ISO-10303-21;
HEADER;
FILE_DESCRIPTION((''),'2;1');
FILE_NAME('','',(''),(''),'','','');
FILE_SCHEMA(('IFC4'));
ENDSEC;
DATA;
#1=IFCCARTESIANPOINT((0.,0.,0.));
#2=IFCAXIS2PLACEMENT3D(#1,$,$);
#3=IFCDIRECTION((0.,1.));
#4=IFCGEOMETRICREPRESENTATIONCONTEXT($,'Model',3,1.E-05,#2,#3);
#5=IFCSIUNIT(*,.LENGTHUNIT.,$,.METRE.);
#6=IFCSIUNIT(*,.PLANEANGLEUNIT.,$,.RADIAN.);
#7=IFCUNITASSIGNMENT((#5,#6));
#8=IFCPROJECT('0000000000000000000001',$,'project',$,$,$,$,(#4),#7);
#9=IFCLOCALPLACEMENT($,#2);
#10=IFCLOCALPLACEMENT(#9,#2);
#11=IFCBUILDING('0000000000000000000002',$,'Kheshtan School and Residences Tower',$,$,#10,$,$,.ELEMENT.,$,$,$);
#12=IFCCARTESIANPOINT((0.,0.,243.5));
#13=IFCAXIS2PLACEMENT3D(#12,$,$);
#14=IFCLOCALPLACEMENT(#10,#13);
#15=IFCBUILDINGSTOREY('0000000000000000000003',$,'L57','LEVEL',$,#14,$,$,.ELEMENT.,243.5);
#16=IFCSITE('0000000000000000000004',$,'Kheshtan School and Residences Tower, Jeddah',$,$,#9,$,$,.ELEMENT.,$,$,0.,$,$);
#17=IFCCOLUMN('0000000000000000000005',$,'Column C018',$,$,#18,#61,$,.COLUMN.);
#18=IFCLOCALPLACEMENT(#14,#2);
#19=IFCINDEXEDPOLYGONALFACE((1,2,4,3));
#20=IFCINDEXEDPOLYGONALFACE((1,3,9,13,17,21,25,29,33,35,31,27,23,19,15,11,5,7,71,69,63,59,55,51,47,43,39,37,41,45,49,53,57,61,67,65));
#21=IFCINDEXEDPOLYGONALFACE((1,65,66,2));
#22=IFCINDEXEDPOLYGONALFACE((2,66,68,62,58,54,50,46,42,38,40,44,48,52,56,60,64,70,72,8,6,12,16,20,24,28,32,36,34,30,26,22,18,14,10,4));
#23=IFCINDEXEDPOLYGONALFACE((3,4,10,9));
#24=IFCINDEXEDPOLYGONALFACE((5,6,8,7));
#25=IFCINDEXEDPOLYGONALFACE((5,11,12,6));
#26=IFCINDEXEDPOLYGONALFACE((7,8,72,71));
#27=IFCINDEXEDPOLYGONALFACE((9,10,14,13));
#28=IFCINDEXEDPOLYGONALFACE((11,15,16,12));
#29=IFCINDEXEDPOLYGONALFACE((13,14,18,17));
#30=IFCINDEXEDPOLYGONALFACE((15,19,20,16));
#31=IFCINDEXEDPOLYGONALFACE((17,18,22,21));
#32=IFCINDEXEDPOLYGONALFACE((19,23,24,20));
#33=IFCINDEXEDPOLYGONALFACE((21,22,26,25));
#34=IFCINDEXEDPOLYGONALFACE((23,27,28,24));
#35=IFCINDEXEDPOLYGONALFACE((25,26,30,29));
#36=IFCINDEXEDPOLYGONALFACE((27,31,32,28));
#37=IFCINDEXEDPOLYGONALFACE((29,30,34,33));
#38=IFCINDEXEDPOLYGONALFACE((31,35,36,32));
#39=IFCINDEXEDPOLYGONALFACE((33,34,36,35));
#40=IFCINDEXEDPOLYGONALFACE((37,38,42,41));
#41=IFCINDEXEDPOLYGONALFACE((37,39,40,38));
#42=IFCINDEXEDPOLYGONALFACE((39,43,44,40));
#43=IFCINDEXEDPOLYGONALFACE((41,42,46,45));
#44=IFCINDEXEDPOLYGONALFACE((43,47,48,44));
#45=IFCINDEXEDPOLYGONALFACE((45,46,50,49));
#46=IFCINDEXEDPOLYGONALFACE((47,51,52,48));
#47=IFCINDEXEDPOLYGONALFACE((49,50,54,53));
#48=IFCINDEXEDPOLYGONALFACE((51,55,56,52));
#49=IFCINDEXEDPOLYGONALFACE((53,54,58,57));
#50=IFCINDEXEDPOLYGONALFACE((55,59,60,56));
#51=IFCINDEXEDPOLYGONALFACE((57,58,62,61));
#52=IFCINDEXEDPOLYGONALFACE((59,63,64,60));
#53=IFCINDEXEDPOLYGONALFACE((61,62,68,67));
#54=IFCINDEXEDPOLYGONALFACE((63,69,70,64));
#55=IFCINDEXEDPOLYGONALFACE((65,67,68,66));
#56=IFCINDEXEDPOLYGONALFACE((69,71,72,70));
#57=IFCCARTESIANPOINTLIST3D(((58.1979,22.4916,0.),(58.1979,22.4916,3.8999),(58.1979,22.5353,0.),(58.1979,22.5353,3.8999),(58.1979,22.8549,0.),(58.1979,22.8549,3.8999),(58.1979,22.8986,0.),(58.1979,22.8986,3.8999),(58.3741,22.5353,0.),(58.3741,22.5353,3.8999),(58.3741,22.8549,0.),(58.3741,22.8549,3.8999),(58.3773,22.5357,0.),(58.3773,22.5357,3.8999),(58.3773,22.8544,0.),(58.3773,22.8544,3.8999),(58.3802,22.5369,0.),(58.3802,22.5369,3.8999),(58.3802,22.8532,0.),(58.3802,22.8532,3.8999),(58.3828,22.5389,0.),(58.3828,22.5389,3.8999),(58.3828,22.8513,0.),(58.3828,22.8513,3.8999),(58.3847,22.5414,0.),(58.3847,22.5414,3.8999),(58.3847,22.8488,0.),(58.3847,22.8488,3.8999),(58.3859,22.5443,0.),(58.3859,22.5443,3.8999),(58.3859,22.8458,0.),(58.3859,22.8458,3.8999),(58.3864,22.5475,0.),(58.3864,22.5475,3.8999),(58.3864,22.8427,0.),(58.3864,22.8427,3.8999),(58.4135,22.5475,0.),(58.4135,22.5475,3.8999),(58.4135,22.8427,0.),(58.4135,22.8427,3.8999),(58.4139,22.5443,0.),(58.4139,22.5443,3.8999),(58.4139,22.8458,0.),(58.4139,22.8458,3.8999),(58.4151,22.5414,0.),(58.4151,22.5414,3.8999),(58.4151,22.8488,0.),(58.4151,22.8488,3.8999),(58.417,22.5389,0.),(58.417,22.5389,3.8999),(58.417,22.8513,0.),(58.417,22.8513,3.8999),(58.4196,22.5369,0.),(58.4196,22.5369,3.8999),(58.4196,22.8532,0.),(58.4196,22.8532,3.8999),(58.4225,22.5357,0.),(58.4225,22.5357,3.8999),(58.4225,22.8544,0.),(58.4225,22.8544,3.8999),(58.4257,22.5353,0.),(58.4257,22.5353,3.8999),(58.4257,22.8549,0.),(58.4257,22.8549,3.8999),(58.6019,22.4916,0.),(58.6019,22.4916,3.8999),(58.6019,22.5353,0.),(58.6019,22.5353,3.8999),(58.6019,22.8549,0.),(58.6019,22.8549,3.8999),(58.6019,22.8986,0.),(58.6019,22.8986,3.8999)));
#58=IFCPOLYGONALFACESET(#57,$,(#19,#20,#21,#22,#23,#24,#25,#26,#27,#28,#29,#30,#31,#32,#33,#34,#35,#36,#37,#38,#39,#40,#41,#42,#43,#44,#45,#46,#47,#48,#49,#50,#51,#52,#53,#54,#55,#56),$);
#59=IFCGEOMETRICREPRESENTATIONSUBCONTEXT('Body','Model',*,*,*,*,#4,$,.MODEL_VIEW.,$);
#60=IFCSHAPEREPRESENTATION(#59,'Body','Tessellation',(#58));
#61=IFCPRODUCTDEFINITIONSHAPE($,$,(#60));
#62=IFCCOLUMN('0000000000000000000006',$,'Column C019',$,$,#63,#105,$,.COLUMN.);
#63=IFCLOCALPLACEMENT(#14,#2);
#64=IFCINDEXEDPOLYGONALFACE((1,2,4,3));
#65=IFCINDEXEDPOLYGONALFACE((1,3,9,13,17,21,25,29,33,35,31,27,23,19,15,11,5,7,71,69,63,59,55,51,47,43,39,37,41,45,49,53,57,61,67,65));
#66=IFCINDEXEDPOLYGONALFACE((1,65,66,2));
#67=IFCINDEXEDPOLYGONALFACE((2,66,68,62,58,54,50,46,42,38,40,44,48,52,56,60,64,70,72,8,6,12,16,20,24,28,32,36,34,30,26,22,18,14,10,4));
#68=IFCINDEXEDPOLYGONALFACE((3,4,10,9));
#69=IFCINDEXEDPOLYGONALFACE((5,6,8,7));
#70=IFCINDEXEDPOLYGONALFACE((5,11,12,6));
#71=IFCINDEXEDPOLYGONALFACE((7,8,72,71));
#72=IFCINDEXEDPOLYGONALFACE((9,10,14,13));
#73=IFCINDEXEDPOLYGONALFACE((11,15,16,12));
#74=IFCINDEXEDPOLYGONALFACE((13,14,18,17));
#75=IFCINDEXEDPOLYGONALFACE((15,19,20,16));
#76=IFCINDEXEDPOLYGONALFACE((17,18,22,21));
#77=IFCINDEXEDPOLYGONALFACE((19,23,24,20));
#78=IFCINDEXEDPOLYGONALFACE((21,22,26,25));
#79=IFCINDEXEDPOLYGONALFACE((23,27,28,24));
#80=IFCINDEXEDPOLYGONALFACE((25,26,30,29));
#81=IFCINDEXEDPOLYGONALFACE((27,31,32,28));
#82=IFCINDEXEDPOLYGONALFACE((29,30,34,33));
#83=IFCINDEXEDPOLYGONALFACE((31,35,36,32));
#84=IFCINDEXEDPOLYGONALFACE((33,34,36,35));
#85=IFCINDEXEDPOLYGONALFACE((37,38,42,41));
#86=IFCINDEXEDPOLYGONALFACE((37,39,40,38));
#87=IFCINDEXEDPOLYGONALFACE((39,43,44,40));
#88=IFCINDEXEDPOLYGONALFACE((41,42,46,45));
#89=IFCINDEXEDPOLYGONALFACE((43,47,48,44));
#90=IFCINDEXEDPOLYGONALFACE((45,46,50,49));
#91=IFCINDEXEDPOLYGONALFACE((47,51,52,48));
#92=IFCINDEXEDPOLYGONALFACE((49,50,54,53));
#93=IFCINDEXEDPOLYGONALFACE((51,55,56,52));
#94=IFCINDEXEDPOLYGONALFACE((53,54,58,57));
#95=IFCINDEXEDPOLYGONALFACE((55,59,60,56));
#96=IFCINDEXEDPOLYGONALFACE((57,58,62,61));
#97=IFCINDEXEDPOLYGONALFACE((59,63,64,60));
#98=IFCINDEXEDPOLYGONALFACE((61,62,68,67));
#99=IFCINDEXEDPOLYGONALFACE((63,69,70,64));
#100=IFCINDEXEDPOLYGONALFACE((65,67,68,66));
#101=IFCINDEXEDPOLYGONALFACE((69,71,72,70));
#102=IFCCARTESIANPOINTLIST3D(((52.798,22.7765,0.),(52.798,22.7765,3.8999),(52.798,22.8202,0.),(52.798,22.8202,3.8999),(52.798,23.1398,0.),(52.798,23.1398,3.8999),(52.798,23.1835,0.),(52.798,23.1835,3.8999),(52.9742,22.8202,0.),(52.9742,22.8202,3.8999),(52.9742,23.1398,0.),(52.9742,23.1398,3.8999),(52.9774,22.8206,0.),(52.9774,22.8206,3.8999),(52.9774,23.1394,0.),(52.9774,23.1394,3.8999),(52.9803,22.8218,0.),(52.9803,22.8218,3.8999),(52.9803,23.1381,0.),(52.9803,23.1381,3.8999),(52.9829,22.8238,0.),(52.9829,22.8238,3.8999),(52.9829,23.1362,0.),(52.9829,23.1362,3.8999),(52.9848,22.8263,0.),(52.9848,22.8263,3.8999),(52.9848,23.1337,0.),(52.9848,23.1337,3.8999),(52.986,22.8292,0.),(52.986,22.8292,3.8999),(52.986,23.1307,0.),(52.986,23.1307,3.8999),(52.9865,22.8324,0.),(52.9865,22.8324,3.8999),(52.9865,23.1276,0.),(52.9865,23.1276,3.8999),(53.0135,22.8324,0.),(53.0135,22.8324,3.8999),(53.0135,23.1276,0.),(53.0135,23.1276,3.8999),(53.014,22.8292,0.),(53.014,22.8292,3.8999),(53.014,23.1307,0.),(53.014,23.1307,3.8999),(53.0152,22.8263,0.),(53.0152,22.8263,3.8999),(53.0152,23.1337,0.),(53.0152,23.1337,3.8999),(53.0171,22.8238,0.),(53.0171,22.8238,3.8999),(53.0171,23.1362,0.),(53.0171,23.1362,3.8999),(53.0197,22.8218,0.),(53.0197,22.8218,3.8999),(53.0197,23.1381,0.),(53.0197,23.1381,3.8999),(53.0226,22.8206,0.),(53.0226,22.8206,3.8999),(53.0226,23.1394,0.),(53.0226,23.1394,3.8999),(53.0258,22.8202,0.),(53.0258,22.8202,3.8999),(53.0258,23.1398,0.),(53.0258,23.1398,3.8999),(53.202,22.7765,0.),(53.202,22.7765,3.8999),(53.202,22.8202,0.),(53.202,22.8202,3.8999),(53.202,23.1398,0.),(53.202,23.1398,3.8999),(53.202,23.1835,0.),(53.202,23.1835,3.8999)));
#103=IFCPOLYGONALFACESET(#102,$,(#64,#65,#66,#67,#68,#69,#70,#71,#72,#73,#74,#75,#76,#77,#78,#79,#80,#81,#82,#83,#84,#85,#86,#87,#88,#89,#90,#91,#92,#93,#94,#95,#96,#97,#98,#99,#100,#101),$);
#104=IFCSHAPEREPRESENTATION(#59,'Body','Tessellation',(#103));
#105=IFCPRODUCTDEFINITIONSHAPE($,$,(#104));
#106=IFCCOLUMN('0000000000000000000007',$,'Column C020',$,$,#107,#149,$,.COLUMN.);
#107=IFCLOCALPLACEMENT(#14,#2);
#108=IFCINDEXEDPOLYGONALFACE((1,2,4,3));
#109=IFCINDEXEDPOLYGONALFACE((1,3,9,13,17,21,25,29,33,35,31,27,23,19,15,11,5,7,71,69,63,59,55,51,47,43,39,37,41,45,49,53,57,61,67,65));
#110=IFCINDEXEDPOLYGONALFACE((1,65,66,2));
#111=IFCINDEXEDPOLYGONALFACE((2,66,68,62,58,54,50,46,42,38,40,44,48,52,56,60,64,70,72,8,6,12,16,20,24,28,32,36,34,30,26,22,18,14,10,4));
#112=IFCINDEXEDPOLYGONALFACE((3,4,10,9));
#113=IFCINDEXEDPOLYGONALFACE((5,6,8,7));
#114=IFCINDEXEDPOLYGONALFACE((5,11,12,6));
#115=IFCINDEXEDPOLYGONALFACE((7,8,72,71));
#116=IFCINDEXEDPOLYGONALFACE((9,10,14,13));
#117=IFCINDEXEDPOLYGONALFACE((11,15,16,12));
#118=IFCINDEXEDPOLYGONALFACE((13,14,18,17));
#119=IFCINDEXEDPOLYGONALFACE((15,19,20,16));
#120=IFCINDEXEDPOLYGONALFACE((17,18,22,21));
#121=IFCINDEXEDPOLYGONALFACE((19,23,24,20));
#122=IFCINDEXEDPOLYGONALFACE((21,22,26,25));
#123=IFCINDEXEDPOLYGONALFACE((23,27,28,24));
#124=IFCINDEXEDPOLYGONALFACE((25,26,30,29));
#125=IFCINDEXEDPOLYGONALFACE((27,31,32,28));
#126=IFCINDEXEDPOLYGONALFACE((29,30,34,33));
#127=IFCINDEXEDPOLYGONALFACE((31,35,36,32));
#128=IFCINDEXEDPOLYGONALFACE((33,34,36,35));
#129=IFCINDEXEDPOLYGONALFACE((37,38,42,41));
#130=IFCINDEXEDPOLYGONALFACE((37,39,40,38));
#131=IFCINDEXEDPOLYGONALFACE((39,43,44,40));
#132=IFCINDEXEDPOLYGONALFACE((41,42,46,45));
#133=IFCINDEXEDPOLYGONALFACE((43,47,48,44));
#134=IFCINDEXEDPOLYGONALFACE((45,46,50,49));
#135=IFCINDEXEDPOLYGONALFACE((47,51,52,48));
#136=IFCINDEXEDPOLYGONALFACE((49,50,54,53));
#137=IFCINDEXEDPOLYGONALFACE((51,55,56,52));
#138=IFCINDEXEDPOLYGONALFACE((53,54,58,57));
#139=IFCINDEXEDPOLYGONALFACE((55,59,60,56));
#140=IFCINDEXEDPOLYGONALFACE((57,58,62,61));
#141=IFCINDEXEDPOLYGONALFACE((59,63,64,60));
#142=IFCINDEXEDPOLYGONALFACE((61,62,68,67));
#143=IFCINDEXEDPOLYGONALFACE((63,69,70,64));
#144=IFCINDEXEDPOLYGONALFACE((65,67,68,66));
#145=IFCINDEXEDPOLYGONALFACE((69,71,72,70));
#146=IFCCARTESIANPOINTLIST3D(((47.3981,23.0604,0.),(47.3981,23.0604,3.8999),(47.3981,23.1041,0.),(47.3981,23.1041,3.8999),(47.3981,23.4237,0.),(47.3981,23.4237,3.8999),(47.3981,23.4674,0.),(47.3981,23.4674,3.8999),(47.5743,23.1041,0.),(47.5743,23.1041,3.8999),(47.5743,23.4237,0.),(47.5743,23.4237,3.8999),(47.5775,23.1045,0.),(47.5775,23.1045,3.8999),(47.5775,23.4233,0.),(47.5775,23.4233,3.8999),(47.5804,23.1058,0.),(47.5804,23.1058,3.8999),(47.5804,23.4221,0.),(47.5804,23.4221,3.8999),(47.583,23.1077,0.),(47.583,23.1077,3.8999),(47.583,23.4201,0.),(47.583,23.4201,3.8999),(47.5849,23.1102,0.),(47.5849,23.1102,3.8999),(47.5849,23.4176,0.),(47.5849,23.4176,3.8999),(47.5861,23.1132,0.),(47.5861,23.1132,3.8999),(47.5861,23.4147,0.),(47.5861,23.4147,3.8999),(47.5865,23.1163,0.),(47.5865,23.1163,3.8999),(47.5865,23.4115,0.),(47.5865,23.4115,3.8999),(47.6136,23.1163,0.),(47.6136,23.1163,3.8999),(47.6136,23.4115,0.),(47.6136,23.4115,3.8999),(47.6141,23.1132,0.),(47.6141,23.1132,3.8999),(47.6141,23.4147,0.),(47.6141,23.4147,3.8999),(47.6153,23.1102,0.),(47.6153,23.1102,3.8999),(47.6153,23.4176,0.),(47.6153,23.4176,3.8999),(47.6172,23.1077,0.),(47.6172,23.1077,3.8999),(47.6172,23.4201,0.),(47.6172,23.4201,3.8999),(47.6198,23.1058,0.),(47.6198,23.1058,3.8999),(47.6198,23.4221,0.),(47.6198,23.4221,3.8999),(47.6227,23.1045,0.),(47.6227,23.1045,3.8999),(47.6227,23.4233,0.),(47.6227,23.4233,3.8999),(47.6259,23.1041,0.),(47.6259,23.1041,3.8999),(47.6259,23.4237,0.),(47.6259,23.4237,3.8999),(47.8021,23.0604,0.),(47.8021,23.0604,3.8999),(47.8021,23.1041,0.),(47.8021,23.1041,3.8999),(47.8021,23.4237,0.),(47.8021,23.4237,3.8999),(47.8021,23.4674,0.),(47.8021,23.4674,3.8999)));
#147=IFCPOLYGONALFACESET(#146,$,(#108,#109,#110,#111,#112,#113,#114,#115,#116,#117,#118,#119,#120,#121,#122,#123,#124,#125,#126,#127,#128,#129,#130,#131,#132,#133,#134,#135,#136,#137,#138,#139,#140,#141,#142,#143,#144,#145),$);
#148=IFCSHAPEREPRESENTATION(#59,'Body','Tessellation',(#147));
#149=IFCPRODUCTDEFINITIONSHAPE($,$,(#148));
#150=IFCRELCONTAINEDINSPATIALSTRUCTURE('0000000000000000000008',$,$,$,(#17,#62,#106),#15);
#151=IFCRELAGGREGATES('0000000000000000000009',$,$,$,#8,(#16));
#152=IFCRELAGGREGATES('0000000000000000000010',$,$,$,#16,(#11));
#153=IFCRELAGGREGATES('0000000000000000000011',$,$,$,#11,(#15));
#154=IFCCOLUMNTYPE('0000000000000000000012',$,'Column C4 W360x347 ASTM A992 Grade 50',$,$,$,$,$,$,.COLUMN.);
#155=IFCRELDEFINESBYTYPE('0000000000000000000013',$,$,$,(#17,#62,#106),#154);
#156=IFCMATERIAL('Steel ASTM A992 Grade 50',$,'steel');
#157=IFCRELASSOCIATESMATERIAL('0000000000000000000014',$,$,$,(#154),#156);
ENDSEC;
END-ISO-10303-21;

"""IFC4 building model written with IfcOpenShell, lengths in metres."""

from ifc_helpers import new_model, si_unit, direction, frame, origin, origin_2d, place, context, subcontext, project, spatial, i_section, extrude, material, material_profile, profile_set, type_object, element, save


model = new_model("IFC4")

# Units and contexts
model_context = context("Model", 3, precision=1e-05, world=origin(), true_north=direction((0.0, 1.0)))
body_context = subcontext(model_context, "Body", "Model", "MODEL_VIEW")
ifc_project = project(units=[si_unit("LENGTHUNIT", "METRE"), si_unit("PLANEANGLEUNIT", "RADIAN")], contexts=[model_context])

# Site, building, storey
site_placement = place(None, origin())
site = spatial("IfcSite", under=ifc_project, at=site_placement, Name="Kheshtan School and Residences Tower, Jeddah", CompositionType="ELEMENT", RefElevation=0.0)
building_placement = place(site_placement, origin())
building = spatial("IfcBuilding", under=site, at=building_placement, Name="Kheshtan School and Residences Tower", CompositionType="ELEMENT")
storey_placement = place(building_placement, frame((0.0, 0.0, 243.5)))
storey = spatial("IfcBuildingStorey", under=building, at=storey_placement, Name="L57", Description="LEVEL", CompositionType="ELEMENT", Elevation=243.5)

# Columns
ifc_material_1 = material(Name="Steel ASTM A992 Grade 50", Category="steel")
ifc_material_profile_1 = material_profile(ifc_material_1, i_section(OverallWidth=0.4041, OverallDepth=0.407, WebThickness=0.0271, FlangeThickness=0.0437, FilletRadius=0.0122, at=origin_2d()), Name="W360x347")
ifc_profile_set_1 = profile_set([ifc_material_profile_1], Name="Steel ASTM A992 Grade 50")
column_type_1 = type_object("IfcColumnType", Name="Column C4 W360x347 ASTM A992 Grade 50", PredefinedType="COLUMN", material=ifc_profile_set_1)
for number, where, z_axis, x_axis, name in (
    (1, (58.3999, 22.6951, 0.0), (0.0, 0.0, 1.0), (1.0, 0.0, 0.0), "Column C018"),
    (2, (53.0, 22.98, 0.0), (0.0, 0.0, 1.0), (1.0, 0.0, 0.0), "Column C019"),
    (3, (47.6001, 23.2639, 0.0), (0.0, 0.0, 1.0), (1.0, 0.0, 0.0), "Column C020"),
):
    element("IfcColumn", number, at=place(storey_placement, frame(where, z_axis=z_axis, x_axis=x_axis)), inside=storey, type_object=column_type_1, Name=name, PredefinedType="COLUMN", context=body_context, shape_type="SweptSolid", body=[
        extrude(i_section(OverallWidth=0.4041, OverallDepth=0.407, WebThickness=0.0271, FlangeThickness=0.0437, FilletRadius=0.0122, at=origin_2d()), origin(), (0.0, 0.0, 1.0), 3.8999),
    ])

save(model, "model.ifc")
